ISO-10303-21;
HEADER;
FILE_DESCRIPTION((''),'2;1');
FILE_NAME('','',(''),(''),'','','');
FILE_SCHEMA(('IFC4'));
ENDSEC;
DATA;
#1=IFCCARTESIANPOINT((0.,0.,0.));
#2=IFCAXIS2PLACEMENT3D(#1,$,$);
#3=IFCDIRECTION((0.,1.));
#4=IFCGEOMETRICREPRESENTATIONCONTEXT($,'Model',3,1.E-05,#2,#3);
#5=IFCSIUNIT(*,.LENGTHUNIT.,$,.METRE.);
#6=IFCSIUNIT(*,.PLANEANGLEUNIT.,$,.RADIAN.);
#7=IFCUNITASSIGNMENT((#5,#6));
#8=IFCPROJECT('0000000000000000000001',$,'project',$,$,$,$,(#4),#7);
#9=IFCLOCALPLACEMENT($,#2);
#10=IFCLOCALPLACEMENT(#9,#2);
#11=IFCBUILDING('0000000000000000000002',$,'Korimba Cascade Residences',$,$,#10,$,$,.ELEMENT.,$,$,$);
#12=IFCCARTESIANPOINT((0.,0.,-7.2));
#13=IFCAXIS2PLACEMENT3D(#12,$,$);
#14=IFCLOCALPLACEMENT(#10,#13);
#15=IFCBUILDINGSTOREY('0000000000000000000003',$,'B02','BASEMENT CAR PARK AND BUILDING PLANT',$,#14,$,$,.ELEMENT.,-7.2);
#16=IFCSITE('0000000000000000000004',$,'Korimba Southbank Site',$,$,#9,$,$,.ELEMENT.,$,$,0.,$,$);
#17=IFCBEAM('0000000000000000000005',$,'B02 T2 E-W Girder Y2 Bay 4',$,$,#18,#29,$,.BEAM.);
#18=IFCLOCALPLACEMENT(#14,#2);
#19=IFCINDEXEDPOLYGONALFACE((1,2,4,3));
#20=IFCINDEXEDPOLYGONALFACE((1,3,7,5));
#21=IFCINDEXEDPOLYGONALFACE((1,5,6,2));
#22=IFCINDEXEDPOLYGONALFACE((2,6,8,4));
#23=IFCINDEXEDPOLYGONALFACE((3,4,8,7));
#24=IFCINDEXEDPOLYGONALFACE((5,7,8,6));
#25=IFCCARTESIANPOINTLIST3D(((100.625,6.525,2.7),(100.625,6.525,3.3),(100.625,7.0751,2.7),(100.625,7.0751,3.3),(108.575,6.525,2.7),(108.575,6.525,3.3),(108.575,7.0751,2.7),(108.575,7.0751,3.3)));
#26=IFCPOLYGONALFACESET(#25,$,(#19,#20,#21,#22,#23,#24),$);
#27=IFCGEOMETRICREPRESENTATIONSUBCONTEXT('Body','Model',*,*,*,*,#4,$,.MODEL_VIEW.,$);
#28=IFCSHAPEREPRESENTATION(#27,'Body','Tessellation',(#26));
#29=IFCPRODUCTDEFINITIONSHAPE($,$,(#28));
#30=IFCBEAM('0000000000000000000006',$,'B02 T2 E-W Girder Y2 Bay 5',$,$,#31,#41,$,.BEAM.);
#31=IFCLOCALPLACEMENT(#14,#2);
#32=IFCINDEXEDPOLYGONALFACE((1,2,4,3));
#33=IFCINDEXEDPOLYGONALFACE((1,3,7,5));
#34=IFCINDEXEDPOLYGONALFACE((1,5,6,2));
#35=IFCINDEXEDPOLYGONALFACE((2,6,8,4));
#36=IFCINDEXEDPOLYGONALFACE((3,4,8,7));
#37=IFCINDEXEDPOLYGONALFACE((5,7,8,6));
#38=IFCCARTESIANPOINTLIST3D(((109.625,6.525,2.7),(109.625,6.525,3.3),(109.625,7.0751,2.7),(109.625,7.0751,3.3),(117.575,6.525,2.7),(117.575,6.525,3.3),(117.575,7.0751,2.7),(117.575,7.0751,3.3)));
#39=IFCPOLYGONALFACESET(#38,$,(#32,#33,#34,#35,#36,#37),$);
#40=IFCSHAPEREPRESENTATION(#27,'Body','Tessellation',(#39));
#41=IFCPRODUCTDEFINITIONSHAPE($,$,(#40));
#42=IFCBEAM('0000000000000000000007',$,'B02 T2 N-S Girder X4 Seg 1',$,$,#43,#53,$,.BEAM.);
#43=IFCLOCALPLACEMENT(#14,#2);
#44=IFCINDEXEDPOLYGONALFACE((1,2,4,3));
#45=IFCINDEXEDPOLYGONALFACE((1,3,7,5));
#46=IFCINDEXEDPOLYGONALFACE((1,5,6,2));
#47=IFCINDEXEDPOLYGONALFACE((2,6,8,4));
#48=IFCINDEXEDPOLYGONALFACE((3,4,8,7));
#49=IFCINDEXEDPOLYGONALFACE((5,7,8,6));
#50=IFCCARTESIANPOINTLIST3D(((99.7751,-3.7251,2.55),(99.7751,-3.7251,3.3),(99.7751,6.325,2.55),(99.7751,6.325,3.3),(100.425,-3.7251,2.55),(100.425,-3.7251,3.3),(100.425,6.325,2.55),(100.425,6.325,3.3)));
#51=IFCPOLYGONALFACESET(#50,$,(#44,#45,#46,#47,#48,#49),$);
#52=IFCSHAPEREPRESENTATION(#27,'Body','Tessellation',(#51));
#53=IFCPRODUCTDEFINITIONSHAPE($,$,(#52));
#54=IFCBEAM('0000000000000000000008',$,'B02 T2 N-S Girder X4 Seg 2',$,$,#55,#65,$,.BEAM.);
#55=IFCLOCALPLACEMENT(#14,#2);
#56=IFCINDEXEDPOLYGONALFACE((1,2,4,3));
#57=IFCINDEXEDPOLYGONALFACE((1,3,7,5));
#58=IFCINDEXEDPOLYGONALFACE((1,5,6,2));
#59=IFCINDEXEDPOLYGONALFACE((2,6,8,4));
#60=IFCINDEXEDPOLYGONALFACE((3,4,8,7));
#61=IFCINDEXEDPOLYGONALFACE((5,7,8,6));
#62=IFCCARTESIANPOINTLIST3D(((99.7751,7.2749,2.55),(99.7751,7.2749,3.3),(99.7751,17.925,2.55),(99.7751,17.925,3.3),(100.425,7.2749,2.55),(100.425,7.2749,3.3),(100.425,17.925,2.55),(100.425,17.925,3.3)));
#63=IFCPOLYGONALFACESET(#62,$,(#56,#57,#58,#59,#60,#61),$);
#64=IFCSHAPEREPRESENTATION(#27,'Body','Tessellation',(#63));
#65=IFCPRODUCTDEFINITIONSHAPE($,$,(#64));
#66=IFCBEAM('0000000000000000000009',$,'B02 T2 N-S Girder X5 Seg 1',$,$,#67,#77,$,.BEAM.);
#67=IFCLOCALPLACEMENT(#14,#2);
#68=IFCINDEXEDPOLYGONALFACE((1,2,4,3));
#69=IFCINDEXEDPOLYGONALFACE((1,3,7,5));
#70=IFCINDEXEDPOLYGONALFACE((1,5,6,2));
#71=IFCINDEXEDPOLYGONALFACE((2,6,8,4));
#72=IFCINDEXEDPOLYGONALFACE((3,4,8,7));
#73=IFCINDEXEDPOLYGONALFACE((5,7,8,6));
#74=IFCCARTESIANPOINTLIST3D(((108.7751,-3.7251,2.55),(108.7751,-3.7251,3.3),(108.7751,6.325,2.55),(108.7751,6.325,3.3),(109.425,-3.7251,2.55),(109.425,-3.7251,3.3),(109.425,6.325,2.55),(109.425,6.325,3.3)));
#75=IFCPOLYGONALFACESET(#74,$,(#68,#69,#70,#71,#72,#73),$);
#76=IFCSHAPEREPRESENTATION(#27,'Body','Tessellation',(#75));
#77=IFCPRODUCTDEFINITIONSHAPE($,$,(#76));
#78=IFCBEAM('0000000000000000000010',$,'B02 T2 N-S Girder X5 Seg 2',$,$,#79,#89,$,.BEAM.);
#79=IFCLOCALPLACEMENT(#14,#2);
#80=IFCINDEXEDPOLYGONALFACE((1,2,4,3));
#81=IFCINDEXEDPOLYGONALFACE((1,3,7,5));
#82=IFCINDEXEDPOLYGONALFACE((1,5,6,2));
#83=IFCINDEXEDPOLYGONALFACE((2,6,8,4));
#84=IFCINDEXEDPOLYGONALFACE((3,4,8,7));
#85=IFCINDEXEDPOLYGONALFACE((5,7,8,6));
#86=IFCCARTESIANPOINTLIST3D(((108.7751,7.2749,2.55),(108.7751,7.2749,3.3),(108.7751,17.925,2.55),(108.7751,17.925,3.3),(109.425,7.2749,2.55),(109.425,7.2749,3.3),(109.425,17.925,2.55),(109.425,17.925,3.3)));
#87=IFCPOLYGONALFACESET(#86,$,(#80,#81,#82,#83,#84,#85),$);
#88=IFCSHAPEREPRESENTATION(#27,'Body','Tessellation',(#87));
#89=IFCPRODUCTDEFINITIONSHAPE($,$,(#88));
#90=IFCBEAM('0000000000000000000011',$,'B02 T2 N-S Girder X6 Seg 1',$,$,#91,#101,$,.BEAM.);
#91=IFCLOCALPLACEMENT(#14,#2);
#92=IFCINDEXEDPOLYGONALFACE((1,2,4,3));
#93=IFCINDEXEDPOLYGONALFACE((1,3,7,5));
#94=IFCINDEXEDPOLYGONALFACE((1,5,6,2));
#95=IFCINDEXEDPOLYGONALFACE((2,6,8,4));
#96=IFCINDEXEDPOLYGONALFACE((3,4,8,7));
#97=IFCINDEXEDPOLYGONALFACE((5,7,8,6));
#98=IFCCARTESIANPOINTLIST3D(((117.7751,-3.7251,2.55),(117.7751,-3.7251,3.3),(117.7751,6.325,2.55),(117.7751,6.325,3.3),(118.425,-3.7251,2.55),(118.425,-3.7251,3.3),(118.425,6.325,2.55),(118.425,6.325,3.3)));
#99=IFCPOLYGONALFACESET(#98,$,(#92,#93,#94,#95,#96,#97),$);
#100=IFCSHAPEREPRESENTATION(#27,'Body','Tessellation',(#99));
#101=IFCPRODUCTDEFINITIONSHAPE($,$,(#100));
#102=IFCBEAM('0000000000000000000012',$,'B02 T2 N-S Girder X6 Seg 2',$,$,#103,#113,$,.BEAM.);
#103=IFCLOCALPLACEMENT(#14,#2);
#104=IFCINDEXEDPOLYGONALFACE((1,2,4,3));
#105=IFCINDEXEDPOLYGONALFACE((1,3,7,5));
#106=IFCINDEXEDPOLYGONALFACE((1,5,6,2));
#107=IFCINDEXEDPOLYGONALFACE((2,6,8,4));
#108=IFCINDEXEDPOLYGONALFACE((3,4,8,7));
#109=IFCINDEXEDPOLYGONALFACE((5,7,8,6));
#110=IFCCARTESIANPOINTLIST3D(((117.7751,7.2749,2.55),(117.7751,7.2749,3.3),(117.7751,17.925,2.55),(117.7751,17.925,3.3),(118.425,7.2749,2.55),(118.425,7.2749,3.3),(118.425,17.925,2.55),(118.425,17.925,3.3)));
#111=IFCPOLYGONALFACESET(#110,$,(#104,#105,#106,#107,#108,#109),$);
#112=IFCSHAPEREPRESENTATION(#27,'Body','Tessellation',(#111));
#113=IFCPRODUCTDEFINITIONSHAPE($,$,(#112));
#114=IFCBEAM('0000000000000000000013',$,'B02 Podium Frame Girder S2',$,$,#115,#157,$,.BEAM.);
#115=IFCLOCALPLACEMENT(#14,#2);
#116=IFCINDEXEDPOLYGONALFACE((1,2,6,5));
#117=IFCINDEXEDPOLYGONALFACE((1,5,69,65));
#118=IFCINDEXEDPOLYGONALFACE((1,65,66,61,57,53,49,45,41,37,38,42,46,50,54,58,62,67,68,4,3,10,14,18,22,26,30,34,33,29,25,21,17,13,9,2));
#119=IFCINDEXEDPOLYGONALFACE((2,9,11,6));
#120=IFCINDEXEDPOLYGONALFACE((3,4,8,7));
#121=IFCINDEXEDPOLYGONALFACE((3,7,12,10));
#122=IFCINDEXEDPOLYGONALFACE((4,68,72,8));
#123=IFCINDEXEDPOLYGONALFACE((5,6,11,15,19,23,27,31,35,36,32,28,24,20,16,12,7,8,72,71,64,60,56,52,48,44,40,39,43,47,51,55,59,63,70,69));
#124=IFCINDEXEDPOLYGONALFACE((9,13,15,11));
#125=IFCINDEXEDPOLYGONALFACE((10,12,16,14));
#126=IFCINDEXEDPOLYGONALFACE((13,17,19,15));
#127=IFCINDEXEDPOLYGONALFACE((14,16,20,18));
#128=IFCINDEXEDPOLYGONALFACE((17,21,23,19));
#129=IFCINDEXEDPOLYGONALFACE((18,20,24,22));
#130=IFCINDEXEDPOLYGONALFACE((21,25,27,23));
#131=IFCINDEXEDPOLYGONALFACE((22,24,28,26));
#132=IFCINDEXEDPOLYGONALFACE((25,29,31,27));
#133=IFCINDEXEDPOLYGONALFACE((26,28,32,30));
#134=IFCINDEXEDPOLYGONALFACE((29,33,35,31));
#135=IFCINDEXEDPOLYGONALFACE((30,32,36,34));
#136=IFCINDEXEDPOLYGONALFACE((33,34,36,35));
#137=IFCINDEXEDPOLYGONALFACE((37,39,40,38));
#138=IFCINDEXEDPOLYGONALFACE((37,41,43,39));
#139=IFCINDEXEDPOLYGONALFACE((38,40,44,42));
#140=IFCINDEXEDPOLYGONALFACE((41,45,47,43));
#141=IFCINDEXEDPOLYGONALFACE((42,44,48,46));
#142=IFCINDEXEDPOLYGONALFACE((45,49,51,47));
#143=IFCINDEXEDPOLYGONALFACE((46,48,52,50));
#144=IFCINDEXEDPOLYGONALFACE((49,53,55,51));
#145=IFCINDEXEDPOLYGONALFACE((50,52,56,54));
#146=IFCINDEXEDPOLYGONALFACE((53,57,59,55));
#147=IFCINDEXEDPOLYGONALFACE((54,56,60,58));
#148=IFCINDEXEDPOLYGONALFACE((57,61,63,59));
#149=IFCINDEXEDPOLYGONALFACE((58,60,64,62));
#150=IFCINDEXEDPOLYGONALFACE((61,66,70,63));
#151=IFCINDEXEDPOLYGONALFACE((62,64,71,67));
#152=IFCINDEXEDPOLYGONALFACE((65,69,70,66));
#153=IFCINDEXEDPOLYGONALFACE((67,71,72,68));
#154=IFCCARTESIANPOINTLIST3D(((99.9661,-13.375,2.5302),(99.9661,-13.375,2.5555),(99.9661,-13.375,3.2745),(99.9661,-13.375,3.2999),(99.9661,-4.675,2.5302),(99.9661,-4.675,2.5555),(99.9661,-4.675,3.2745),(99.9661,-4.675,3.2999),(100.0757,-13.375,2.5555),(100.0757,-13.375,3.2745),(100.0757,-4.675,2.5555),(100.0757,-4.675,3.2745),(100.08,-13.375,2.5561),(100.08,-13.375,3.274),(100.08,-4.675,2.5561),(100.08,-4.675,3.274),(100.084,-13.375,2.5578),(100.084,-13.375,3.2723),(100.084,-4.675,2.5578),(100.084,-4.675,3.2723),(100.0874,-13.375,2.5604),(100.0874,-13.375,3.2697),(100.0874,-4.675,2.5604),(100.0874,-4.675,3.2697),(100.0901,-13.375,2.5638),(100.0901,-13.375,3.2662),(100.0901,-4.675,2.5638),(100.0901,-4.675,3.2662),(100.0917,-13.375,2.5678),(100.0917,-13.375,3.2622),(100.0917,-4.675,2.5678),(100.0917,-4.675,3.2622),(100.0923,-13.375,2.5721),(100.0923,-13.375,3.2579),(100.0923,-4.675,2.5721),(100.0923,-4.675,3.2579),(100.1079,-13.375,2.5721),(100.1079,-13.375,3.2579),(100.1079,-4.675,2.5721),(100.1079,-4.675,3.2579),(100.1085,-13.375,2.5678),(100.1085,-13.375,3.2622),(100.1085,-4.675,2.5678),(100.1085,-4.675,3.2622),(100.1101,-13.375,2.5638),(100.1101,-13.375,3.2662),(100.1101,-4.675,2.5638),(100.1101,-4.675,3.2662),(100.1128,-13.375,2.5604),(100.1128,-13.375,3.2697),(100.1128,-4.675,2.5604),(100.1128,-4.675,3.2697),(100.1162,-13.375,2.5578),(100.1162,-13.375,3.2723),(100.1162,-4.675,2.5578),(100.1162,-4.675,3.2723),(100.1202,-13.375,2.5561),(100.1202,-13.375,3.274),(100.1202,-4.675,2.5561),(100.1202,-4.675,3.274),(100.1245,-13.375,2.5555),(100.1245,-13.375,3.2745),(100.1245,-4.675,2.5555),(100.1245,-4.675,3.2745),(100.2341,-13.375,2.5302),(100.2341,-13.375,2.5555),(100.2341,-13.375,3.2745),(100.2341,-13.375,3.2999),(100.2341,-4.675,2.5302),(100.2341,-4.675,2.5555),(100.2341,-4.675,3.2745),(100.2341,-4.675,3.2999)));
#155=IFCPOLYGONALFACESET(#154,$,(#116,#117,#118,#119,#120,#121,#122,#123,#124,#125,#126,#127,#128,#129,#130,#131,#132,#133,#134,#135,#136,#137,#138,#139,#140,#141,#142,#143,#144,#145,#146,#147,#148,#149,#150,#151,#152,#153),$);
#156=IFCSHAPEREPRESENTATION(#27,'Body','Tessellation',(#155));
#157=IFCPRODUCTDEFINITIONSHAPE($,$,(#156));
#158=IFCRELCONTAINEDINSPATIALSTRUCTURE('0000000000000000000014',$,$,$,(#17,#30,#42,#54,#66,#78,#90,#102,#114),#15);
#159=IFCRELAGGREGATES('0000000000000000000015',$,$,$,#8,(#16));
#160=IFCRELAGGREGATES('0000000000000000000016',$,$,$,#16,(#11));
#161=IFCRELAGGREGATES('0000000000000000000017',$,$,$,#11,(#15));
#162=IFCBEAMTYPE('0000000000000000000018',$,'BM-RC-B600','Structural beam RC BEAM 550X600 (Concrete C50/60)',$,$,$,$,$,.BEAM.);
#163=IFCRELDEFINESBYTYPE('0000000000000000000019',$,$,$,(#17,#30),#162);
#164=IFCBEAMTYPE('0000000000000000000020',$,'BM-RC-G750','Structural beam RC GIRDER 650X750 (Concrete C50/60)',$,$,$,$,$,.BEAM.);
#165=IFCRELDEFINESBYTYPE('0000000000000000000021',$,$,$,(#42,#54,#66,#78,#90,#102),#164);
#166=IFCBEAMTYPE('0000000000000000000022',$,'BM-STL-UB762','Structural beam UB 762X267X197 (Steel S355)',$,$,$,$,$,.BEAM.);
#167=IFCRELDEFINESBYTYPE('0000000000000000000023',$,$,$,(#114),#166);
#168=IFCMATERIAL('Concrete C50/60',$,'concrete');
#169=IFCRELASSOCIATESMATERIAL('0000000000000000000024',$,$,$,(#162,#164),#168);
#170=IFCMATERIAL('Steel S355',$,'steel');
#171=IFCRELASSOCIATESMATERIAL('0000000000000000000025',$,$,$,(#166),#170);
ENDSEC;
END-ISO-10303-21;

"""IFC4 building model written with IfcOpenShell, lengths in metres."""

from ifc_helpers import new_model, si_unit, direction, frame, origin, origin_2d, place, context, subcontext, project, spatial, rectangle, i_section, extrude, material, material_profile, profile_set, type_object, element, save


model = new_model("IFC4")

# Units and contexts
model_context = context("Model", 3, precision=1e-05, world=origin(), true_north=direction((0.0, 1.0)))
body_context = subcontext(model_context, "Body", "Model", "MODEL_VIEW")
ifc_project = project(units=[si_unit("LENGTHUNIT", "METRE"), si_unit("PLANEANGLEUNIT", "RADIAN")], contexts=[model_context])

# Site, building, storey
site_placement = place(None, origin())
site = spatial("IfcSite", under=ifc_project, at=site_placement, Name="Korimba Southbank Site", CompositionType="ELEMENT", RefElevation=0.0)
building_placement = place(site_placement, origin())
building = spatial("IfcBuilding", under=site, at=building_placement, Name="Korimba Cascade Residences", CompositionType="ELEMENT")
storey_placement = place(building_placement, frame((0.0, 0.0, -7.2)))
storey = spatial("IfcBuildingStorey", under=building, at=storey_placement, Name="B02", Description="BASEMENT CAR PARK AND BUILDING PLANT", CompositionType="ELEMENT", Elevation=-7.2)

# Shared definitions
ifc_material_1 = material(Name="Concrete C50/60", Category="concrete")

# Beams
ifc_material_profile_1 = material_profile(ifc_material_1, rectangle(XDim=0.55, YDim=0.6001, at=origin_2d()), Name="Concrete C50/60")
ifc_profile_set_1 = profile_set([ifc_material_profile_1], Name="Concrete C50/60")
beam_type_1 = type_object("IfcBeamType", Name="BM-RC-B600", Description="Structural beam RC BEAM 550X600 (Concrete C50/60)", PredefinedType="BEAM", material=ifc_profile_set_1)
for number, where, z_axis, x_axis, name in (
    (1, (100.625, 6.8, 3.0), (1.0, 0.0, 0.0), (0.0, 1.0, 0.0), "B02 T2 E-W Girder Y2 Bay 4"),
    (2, (109.625, 6.8, 3.0), (1.0, 0.0, 0.0), (0.0, 1.0, 0.0), "B02 T2 E-W Girder Y2 Bay 5"),
):
    element("IfcBeam", number, at=place(storey_placement, frame(where, z_axis=z_axis, x_axis=x_axis)), inside=storey, type_object=beam_type_1, Name=name, PredefinedType="BEAM", context=body_context, shape_type="SweptSolid", body=[
        extrude(rectangle(XDim=0.55, YDim=0.6001, at=origin_2d()), origin(), (0.0, 0.0, 1.0), 7.95),
    ])
ifc_material_profile_2 = material_profile(ifc_material_1, rectangle(XDim=0.6499, YDim=0.75, at=origin_2d()), Name="Concrete C50/60")
ifc_profile_set_2 = profile_set([ifc_material_profile_2], Name="Concrete C50/60")
beam_type_2 = type_object("IfcBeamType", Name="BM-RC-G750", Description="Structural beam RC GIRDER 650X750 (Concrete C50/60)", PredefinedType="BEAM", material=ifc_profile_set_2)
beam_1_placement = place(storey_placement, frame((100.1001, -3.7251, 2.925), z_axis=(0.0, 1.0, 0.0), x_axis=(-1.0, 0.0, 0.0)))
element("IfcBeam", 3, at=beam_1_placement, inside=storey, type_object=beam_type_2, Name="B02 T2 N-S Girder X4 Seg 1", PredefinedType="BEAM", context=body_context, shape_type="SweptSolid", body=[
    extrude(rectangle(XDim=0.6499, YDim=0.75, at=origin_2d()), origin(), (0.0, 0.0, 1.0), 10.05),
])
beam_2_placement = place(storey_placement, frame((100.1001, 7.2749, 2.925), z_axis=(0.0, 1.0, 0.0), x_axis=(-1.0, 0.0, 0.0)))
element("IfcBeam", 4, at=beam_2_placement, inside=storey, type_object=beam_type_2, Name="B02 T2 N-S Girder X4 Seg 2", PredefinedType="BEAM", context=body_context, shape_type="SweptSolid", body=[
    extrude(rectangle(XDim=0.6499, YDim=0.75, at=origin_2d()), origin(), (0.0, 0.0, 1.0), 10.6501),
])
beam_3_placement = place(storey_placement, frame((109.1001, -3.7251, 2.925), z_axis=(0.0, 1.0, 0.0), x_axis=(-1.0, 0.0, 0.0)))
element("IfcBeam", 5, at=beam_3_placement, inside=storey, type_object=beam_type_2, Name="B02 T2 N-S Girder X5 Seg 1", PredefinedType="BEAM", context=body_context, shape_type="SweptSolid", body=[
    extrude(rectangle(XDim=0.6499, YDim=0.75, at=origin_2d()), origin(), (0.0, 0.0, 1.0), 10.05),
])
beam_4_placement = place(storey_placement, frame((109.1001, 7.2749, 2.925), z_axis=(0.0, 1.0, 0.0), x_axis=(-1.0, 0.0, 0.0)))
element("IfcBeam", 6, at=beam_4_placement, inside=storey, type_object=beam_type_2, Name="B02 T2 N-S Girder X5 Seg 2", PredefinedType="BEAM", context=body_context, shape_type="SweptSolid", body=[
    extrude(rectangle(XDim=0.6499, YDim=0.75, at=origin_2d()), origin(), (0.0, 0.0, 1.0), 10.6501),
])
beam_5_placement = place(storey_placement, frame((118.1001, -3.7251, 2.925), z_axis=(0.0, 1.0, 0.0), x_axis=(-1.0, 0.0, 0.0)))
element("IfcBeam", 7, at=beam_5_placement, inside=storey, type_object=beam_type_2, Name="B02 T2 N-S Girder X6 Seg 1", PredefinedType="BEAM", context=body_context, shape_type="SweptSolid", body=[
    extrude(rectangle(XDim=0.6499, YDim=0.75, at=origin_2d()), origin(), (0.0, 0.0, 1.0), 10.05),
])
beam_6_placement = place(storey_placement, frame((118.1001, 7.2749, 2.925), z_axis=(0.0, 1.0, 0.0), x_axis=(-1.0, 0.0, 0.0)))
element("IfcBeam", 8, at=beam_6_placement, inside=storey, type_object=beam_type_2, Name="B02 T2 N-S Girder X6 Seg 2", PredefinedType="BEAM", context=body_context, shape_type="SweptSolid", body=[
    extrude(rectangle(XDim=0.6499, YDim=0.75, at=origin_2d()), origin(), (0.0, 0.0, 1.0), 10.6501),
])
ifc_material_2 = material(Name="Steel S355", Category="steel")
ifc_material_profile_3 = material_profile(ifc_material_2, i_section(OverallWidth=0.2681, OverallDepth=0.7698, WebThickness=0.0156, FlangeThickness=0.0254, FilletRadius=0.0166, at=origin_2d()), Name="Steel S355")
ifc_profile_set_3 = profile_set([ifc_material_profile_3], Name="Steel S355")
beam_type_3 = type_object("IfcBeamType", Name="BM-STL-UB762", Description="Structural beam UB 762X267X197 (Steel S355)", PredefinedType="BEAM", material=ifc_profile_set_3)
beam_7_placement = place(storey_placement, frame((100.1001, -13.375, 2.915), z_axis=(0.0, 1.0, 0.0), x_axis=(-1.0, 0.0, 0.0)))
element("IfcBeam", 9, at=beam_7_placement, inside=storey, type_object=beam_type_3, Name="B02 Podium Frame Girder S2", PredefinedType="BEAM", context=body_context, shape_type="SweptSolid", body=[
    extrude(i_section(OverallWidth=0.2681, OverallDepth=0.7698, WebThickness=0.0156, FlangeThickness=0.0254, FilletRadius=0.0166, at=origin_2d()), origin(), (0.0, 0.0, 1.0), 8.7),
])

save(model, "model.ifc")
